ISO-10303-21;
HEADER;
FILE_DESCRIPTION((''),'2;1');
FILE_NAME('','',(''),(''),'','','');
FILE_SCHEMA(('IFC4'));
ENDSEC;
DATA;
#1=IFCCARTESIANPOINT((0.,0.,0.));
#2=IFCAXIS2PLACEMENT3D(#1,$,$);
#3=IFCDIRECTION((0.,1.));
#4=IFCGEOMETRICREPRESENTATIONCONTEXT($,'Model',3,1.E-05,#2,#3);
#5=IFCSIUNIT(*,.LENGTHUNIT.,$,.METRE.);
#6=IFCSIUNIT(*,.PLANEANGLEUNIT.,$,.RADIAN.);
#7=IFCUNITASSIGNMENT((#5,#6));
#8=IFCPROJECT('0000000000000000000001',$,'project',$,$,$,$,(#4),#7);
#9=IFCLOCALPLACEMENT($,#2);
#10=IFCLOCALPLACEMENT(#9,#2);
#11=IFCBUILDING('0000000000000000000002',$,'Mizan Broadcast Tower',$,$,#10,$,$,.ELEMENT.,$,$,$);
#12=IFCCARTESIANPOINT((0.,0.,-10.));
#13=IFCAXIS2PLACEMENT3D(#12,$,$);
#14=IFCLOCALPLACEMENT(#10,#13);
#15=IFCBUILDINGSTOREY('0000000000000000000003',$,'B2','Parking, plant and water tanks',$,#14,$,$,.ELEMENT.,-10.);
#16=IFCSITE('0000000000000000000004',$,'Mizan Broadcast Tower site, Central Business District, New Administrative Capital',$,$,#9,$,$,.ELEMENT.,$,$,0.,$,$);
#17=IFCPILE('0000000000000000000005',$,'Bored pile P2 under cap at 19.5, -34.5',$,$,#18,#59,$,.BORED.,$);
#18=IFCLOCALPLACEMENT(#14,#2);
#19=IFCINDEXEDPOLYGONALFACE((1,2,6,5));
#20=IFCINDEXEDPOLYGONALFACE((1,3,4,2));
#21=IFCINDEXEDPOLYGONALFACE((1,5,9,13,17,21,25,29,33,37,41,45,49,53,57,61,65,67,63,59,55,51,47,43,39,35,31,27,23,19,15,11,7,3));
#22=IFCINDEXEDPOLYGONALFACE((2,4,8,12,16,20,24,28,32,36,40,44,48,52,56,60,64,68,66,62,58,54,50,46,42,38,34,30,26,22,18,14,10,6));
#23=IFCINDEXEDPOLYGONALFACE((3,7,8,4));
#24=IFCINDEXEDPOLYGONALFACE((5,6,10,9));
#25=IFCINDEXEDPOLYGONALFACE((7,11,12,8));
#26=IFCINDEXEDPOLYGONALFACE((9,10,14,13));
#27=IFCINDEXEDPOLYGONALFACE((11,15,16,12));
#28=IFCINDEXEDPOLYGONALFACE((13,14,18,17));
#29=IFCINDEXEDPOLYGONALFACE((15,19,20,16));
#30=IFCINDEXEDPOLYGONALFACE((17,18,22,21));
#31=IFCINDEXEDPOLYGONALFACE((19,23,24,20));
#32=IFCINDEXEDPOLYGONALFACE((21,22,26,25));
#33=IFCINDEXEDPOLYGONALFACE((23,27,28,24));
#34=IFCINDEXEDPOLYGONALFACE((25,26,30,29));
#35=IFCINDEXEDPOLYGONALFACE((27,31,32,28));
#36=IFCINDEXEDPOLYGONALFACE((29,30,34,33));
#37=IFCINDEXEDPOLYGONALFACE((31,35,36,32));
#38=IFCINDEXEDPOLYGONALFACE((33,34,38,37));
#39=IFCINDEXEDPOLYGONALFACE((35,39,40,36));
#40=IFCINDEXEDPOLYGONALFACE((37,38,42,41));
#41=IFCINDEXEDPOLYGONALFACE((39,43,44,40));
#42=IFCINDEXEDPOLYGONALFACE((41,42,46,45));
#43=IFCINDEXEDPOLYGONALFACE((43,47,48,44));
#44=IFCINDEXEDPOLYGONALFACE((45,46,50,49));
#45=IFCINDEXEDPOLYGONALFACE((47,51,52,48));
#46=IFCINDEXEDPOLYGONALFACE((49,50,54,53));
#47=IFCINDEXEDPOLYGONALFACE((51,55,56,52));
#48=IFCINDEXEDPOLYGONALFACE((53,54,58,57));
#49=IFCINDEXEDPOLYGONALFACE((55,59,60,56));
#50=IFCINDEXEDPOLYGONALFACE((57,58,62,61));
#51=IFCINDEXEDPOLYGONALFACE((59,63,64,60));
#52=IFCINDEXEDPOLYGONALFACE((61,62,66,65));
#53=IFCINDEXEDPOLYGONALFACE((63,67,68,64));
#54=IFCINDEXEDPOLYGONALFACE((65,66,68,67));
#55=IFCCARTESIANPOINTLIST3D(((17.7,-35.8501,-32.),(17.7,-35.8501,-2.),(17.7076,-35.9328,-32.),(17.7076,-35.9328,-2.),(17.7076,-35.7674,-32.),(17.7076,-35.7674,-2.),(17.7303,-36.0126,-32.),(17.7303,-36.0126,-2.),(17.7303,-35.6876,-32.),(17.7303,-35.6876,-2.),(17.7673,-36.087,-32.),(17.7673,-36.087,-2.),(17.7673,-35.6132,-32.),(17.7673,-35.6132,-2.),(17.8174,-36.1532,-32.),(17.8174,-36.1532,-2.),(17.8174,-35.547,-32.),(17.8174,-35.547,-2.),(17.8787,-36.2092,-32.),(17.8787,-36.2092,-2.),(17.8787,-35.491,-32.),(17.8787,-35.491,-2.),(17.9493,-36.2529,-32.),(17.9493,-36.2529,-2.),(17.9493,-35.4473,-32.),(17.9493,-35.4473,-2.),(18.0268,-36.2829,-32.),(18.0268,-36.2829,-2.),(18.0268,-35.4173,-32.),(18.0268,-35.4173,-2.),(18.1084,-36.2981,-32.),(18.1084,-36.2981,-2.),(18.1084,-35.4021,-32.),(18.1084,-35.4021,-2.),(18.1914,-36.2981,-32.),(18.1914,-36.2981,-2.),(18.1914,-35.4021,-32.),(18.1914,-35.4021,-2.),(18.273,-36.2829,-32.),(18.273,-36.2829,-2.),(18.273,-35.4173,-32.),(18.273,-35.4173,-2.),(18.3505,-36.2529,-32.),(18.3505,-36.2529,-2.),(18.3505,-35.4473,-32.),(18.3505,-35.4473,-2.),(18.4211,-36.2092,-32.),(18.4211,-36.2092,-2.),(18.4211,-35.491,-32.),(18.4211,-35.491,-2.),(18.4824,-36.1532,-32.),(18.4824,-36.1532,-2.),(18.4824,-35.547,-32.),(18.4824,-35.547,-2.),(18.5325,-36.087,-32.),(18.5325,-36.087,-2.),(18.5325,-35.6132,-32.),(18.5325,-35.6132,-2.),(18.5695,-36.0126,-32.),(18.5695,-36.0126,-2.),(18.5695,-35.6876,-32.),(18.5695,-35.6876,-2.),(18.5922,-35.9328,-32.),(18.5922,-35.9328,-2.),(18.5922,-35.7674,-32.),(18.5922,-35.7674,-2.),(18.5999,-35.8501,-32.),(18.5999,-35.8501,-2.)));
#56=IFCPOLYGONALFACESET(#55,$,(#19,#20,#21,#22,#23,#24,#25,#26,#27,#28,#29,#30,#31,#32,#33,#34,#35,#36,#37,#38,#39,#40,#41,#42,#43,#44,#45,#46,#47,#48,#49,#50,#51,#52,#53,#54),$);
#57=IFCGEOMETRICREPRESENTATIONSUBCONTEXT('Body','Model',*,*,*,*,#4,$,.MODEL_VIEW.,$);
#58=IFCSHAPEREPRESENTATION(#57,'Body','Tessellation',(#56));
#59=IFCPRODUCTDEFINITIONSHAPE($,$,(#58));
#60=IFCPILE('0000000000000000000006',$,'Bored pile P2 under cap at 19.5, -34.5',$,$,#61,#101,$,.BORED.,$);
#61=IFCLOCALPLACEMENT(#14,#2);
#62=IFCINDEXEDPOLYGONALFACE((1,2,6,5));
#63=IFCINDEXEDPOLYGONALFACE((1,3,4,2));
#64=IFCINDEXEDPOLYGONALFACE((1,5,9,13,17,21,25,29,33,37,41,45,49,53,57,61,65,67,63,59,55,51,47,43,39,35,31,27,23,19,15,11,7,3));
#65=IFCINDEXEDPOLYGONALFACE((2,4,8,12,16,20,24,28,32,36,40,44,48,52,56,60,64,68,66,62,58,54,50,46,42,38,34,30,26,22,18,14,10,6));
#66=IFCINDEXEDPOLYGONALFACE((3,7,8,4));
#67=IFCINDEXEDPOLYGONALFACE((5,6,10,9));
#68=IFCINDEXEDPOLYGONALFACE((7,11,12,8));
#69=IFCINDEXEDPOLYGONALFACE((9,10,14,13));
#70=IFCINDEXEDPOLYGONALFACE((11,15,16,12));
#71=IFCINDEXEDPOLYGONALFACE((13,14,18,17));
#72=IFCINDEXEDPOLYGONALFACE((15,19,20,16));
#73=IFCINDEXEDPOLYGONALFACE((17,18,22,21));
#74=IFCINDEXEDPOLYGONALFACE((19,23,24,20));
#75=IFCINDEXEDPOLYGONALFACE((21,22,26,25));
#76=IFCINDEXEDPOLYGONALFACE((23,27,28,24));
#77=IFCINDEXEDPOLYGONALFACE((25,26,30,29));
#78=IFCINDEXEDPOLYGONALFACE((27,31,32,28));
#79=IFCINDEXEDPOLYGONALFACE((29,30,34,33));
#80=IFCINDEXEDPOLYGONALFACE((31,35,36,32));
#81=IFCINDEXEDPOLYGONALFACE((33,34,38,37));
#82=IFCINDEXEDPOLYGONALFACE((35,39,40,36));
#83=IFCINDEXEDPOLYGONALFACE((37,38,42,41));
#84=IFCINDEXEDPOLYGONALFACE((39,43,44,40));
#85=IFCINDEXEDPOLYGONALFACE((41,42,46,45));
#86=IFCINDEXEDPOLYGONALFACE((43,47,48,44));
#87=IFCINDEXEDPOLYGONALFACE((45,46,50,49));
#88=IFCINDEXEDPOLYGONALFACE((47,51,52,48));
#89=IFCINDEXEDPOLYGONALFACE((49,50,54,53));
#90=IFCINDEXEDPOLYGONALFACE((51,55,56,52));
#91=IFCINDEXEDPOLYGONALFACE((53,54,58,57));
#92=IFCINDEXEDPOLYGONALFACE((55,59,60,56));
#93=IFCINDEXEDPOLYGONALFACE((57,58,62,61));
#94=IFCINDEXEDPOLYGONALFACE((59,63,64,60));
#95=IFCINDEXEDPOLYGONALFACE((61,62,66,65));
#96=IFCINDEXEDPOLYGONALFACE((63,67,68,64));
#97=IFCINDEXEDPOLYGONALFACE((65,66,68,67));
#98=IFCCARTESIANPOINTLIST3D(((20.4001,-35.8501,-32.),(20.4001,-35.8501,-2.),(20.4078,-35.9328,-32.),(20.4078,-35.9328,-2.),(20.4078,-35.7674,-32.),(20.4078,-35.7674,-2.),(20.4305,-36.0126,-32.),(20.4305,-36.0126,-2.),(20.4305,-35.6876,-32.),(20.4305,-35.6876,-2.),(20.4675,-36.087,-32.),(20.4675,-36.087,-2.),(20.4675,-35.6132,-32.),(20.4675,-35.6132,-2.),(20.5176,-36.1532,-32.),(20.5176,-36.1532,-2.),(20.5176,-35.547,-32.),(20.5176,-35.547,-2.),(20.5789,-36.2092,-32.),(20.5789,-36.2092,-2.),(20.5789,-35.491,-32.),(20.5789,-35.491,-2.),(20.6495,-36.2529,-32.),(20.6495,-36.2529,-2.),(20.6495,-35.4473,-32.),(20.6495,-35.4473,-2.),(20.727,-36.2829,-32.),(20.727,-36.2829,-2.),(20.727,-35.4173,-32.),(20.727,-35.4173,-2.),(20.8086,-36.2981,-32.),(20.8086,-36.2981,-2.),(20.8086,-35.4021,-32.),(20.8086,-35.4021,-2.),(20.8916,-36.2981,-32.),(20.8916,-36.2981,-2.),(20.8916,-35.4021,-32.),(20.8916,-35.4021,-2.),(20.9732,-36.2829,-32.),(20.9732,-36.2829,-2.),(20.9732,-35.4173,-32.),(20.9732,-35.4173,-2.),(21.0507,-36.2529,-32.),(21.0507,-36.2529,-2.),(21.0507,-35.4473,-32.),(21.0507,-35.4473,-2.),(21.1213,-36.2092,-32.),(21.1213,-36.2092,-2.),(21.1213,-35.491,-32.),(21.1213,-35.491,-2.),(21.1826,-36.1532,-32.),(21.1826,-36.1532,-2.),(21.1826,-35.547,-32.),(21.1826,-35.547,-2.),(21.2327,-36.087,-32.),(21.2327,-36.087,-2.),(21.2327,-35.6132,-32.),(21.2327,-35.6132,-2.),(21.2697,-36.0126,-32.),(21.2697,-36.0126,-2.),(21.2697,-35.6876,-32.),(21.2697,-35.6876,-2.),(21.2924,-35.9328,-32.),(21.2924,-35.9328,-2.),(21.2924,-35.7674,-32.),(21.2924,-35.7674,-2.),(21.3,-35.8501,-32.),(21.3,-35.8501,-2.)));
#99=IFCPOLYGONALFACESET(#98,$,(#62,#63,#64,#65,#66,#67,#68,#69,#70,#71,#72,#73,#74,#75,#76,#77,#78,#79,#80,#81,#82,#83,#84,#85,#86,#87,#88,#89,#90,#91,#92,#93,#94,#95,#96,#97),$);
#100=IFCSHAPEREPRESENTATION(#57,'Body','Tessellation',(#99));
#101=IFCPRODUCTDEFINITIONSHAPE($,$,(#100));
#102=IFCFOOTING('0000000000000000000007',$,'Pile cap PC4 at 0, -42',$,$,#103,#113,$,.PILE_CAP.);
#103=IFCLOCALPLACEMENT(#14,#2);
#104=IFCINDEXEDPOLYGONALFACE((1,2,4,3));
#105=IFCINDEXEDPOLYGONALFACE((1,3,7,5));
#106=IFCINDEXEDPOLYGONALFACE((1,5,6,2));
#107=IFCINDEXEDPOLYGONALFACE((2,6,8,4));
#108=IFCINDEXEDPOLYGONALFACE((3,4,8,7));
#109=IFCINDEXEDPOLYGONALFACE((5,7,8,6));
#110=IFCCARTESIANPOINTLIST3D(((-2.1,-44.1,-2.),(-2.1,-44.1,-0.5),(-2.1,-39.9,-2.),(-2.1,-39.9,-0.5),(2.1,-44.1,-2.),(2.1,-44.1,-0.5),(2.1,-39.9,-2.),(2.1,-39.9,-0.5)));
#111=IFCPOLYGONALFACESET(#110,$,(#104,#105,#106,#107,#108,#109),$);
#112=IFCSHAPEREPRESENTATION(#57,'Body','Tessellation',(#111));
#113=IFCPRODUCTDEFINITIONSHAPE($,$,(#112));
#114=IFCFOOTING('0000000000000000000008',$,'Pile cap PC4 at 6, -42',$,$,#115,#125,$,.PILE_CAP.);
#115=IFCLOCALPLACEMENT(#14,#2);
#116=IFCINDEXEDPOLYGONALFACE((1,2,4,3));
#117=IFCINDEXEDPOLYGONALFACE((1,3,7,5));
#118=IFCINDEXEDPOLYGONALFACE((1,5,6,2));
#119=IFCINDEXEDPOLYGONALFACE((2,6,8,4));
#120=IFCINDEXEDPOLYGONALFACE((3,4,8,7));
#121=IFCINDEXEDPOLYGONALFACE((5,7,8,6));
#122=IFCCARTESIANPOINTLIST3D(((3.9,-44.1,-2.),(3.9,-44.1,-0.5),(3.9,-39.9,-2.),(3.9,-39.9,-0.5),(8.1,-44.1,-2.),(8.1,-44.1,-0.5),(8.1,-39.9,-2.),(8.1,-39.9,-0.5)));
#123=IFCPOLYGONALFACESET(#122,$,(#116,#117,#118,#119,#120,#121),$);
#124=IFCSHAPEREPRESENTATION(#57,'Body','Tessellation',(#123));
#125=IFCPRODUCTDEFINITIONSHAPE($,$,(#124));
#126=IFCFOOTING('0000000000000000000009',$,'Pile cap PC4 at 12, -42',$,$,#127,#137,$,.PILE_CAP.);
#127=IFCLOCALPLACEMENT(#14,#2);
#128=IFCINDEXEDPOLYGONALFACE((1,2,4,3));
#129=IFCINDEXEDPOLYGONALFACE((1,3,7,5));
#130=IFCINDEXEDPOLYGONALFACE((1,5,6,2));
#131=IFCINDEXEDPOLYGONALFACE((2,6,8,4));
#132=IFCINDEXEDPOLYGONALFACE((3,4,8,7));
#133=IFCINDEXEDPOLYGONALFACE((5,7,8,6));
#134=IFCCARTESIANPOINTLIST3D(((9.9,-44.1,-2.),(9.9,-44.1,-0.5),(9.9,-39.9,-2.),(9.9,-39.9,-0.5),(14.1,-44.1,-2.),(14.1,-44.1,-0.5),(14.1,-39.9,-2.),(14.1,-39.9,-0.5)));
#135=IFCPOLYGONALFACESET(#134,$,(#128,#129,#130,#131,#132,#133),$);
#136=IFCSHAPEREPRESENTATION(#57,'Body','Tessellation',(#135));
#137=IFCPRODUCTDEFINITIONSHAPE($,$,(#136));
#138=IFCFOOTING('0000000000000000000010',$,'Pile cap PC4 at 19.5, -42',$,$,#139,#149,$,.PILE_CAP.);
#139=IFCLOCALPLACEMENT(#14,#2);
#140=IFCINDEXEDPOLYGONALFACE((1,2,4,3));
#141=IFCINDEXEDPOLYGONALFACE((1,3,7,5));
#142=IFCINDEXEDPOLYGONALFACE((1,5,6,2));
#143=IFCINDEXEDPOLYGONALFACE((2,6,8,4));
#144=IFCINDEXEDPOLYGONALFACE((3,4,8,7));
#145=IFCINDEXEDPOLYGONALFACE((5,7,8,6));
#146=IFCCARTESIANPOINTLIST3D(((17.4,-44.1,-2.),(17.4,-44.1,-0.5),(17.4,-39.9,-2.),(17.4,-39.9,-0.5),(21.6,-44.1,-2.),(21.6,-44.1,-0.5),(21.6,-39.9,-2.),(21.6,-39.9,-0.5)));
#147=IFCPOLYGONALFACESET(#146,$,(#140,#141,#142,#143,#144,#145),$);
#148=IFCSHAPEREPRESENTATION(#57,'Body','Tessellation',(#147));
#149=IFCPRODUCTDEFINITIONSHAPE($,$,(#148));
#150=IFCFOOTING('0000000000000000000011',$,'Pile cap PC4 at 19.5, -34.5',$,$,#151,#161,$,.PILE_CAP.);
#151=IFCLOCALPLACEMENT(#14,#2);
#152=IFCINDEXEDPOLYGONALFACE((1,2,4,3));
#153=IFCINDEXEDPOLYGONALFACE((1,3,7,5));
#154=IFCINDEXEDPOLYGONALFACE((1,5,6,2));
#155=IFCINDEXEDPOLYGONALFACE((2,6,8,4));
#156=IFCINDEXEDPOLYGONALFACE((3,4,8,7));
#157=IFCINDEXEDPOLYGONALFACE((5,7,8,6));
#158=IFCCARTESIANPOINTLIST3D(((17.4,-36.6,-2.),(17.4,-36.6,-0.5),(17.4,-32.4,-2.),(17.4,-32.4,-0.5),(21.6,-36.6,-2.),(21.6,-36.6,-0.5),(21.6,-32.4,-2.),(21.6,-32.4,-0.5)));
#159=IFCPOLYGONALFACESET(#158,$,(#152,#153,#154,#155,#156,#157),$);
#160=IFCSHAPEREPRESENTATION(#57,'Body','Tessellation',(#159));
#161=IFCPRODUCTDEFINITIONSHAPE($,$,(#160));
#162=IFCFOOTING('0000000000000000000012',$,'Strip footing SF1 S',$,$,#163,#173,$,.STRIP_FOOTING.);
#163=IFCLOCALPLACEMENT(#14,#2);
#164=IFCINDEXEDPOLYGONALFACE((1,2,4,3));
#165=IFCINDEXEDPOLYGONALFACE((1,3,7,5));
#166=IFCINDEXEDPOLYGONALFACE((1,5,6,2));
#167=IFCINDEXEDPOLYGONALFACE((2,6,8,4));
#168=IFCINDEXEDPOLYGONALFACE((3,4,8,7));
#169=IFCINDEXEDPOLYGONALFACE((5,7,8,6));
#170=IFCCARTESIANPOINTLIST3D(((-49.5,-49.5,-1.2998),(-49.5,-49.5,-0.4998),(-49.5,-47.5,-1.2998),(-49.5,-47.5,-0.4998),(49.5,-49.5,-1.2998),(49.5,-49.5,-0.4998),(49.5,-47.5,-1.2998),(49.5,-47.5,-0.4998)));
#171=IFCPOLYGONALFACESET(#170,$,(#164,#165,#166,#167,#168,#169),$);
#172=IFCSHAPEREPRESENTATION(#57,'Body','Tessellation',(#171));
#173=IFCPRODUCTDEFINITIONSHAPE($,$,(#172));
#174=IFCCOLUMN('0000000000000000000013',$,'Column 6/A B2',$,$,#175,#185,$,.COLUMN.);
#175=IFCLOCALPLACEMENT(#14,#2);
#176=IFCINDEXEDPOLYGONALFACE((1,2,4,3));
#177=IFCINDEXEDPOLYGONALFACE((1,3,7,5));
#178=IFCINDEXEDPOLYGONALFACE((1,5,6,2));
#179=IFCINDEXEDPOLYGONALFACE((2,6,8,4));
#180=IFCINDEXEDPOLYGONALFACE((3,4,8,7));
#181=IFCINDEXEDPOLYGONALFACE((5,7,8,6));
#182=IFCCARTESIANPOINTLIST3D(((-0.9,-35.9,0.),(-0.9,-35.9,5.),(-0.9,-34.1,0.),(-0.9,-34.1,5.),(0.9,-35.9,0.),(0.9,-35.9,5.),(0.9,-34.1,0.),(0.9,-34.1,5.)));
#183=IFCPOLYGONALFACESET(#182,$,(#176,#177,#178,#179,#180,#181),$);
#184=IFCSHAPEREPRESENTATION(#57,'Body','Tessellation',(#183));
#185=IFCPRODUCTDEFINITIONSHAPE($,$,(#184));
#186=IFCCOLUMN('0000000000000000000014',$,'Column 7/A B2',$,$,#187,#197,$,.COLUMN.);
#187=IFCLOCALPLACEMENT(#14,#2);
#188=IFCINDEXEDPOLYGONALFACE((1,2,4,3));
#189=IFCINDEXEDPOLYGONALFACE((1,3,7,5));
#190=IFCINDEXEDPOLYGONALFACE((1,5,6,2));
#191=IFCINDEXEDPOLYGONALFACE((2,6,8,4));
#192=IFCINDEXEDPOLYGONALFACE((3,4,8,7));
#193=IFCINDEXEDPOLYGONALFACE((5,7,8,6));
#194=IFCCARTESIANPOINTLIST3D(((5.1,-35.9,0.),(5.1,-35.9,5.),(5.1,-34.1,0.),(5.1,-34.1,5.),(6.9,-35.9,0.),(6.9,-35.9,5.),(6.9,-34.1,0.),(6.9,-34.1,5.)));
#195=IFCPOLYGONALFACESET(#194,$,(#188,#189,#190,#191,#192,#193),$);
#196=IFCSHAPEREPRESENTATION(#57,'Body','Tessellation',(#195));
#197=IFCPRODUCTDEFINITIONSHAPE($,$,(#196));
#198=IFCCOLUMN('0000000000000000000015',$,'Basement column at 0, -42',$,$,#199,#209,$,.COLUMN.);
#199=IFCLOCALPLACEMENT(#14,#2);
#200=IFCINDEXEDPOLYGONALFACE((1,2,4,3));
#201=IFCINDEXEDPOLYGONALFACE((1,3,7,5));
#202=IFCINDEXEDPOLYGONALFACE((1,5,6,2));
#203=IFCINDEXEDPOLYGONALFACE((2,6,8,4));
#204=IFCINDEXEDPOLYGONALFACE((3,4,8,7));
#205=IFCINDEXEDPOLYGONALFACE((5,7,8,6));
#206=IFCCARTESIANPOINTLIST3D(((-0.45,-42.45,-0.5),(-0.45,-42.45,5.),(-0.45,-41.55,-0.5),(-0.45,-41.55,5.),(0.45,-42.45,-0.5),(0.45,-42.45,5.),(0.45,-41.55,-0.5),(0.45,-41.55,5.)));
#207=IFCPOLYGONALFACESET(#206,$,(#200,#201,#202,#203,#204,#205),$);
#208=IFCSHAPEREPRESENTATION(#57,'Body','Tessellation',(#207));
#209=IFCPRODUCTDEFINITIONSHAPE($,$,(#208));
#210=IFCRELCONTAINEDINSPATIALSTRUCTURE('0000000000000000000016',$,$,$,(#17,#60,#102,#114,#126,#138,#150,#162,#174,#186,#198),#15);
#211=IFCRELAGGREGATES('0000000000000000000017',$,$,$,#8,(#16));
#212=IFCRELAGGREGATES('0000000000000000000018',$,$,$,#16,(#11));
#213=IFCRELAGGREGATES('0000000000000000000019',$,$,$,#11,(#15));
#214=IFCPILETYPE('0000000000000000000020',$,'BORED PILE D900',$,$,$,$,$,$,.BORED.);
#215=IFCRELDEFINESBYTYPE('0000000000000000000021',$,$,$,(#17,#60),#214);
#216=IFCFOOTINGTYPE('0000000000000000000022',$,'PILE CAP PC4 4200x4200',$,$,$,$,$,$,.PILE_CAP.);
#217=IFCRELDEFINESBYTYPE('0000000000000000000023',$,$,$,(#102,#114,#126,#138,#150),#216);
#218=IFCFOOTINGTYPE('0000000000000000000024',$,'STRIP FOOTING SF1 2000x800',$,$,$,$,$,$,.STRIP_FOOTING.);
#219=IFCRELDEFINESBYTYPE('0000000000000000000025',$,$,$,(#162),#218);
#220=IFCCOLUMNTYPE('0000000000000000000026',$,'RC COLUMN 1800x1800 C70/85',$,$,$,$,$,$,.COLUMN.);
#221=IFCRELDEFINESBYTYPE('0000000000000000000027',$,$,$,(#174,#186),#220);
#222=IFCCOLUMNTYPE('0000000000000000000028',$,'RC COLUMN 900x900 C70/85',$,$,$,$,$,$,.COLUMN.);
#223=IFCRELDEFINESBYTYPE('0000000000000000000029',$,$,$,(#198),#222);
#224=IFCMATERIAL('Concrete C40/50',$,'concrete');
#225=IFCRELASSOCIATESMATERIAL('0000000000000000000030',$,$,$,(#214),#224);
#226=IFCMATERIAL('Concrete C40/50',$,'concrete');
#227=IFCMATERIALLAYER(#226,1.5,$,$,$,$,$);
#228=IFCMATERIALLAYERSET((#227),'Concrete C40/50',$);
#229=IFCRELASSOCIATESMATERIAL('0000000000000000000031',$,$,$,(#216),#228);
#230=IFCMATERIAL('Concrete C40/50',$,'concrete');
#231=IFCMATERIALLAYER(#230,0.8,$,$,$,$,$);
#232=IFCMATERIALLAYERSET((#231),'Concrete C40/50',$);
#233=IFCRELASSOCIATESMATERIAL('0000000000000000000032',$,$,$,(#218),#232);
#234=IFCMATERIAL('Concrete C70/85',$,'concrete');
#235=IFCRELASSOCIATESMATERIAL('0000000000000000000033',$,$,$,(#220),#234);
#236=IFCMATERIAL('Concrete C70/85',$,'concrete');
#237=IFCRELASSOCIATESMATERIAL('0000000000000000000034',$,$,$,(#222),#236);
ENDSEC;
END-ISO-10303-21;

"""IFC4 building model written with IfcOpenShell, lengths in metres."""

from ifc_helpers import new_model, si_unit, direction, frame, origin, origin_2d, place, context, subcontext, project, spatial, rectangle, circle, extrude, material, layer, layer_set, material_profile, profile_set, type_object, element, save


model = new_model("IFC4")

# Units and contexts
model_context = context("Model", 3, precision=1e-05, world=origin(), true_north=direction((0.0, 1.0)))
body_context = subcontext(model_context, "Body", "Model", "MODEL_VIEW")
ifc_project = project(units=[si_unit("LENGTHUNIT", "METRE"), si_unit("PLANEANGLEUNIT", "RADIAN")], contexts=[model_context])

# Site, building, storey
site_placement = place(None, origin())
site = spatial("IfcSite", under=ifc_project, at=site_placement, Name="Mizan Broadcast Tower site, Central Business District, New Administrative Capital", CompositionType="ELEMENT", RefElevation=0.0)
building_placement = place(site_placement, origin())
building = spatial("IfcBuilding", under=site, at=building_placement, Name="Mizan Broadcast Tower", CompositionType="ELEMENT")
storey_placement = place(building_placement, frame((0.0, 0.0, -10.0)))
storey = spatial("IfcBuildingStorey", under=building, at=storey_placement, Name="B2", Description="Parking, plant and water tanks", CompositionType="ELEMENT", Elevation=-10.0)

# Piles
ifc_material_1 = material(Name="Concrete C40/50", Category="concrete")
ifc_material_profile_1 = material_profile(ifc_material_1, circle(Radius=0.45, at=origin_2d()), Name="D900")
ifc_profile_set_1 = profile_set([ifc_material_profile_1], Name="Concrete C40/50")
pile_type_1 = type_object("IfcPileType", Name="BORED PILE D900", PredefinedType="BORED", material=ifc_profile_set_1)
for number, where, z_axis, x_axis, name in (
    (1, (18.1499, -35.8501, -2.0), (0.0, 0.0, -1.0), (1.0, 0.0, 0.0), "Bored pile P2 under cap at 19.5, -34.5"),
    (2, (20.8501, -35.8501, -2.0), (0.0, 0.0, -1.0), (1.0, 0.0, 0.0), "Bored pile P2 under cap at 19.5, -34.5"),
):
    element("IfcPile", number, at=place(storey_placement, frame(where, z_axis=z_axis, x_axis=x_axis)), inside=storey, type_object=pile_type_1, Name=name, PredefinedType="BORED", context=body_context, shape_type="SweptSolid", body=[
        extrude(circle(Radius=0.45, at=origin_2d()), origin(), (0.0, 0.0, 1.0), 30.0),
    ])

# Footings
ifc_material_2 = material(Name="Concrete C40/50", Category="concrete")
ifc_layer_1 = layer(ifc_material_2, 1.5)
ifc_layer_set_1 = layer_set([ifc_layer_1], Name="Concrete C40/50")
footing_type_1 = type_object("IfcFootingType", Name="PILE CAP PC4 4200x4200", PredefinedType="PILE_CAP", material=ifc_layer_set_1)
for number, where, z_axis, x_axis, name in (
    (3, (0.0, -42.0, -2.0), (0.0, 0.0, 1.0), (1.0, 0.0, 0.0), "Pile cap PC4 at 0, -42"),
    (4, (6.0, -42.0, -2.0), (0.0, 0.0, 1.0), (1.0, 0.0, 0.0), "Pile cap PC4 at 6, -42"),
    (5, (12.0, -42.0, -2.0), (0.0, 0.0, 1.0), (1.0, 0.0, 0.0), "Pile cap PC4 at 12, -42"),
    (6, (19.5, -42.0, -2.0), (0.0, 0.0, 1.0), (1.0, 0.0, 0.0), "Pile cap PC4 at 19.5, -42"),
    (7, (19.5, -34.5, -2.0), (0.0, 0.0, 1.0), (1.0, 0.0, 0.0), "Pile cap PC4 at 19.5, -34.5"),
):
    element("IfcFooting", number, at=place(storey_placement, frame(where, z_axis=z_axis, x_axis=x_axis)), inside=storey, type_object=footing_type_1, Name=name, PredefinedType="PILE_CAP", context=body_context, shape_type="SweptSolid", body=[
        extrude(rectangle(XDim=4.2, YDim=4.2, at=origin_2d()), origin(), (0.0, 0.0, 1.0), 1.5),
    ])
ifc_material_3 = material(Name="Concrete C40/50", Category="concrete")
ifc_layer_2 = layer(ifc_material_3, 0.8)
ifc_layer_set_2 = layer_set([ifc_layer_2], Name="Concrete C40/50")
footing_type_2 = type_object("IfcFootingType", Name="STRIP FOOTING SF1 2000x800", PredefinedType="STRIP_FOOTING", material=ifc_layer_set_2)
footing_placement = place(storey_placement, frame((0.0, -48.5, -1.2998), z_axis=(0.0, 0.0, 1.0), x_axis=(1.0, 0.0, 0.0)))
element("IfcFooting", 8, at=footing_placement, inside=storey, type_object=footing_type_2, Name="Strip footing SF1 S", PredefinedType="STRIP_FOOTING", context=body_context, shape_type="SweptSolid", body=[
    extrude(rectangle(XDim=99.0, YDim=2.0, at=origin_2d()), origin(), (0.0, 0.0, 1.0), 0.8),
])

# Columns
ifc_material_4 = material(Name="Concrete C70/85", Category="concrete")
ifc_material_profile_2 = material_profile(ifc_material_4, rectangle(XDim=1.8, YDim=1.8, at=origin_2d()), Name="RC 1800x1800")
ifc_profile_set_2 = profile_set([ifc_material_profile_2], Name="Concrete C70/85")
column_type_1 = type_object("IfcColumnType", Name="RC COLUMN 1800x1800 C70/85", PredefinedType="COLUMN", material=ifc_profile_set_2)
for number, where, z_axis, x_axis, name in (
    (9, (0.0, -35.0, 0.0), (0.0, 0.0, 1.0), (1.0, 0.0, 0.0), "Column 6/A B2"),
    (10, (6.0, -35.0, 0.0), (0.0, 0.0, 1.0), (1.0, 0.0, 0.0), "Column 7/A B2"),
):
    element("IfcColumn", number, at=place(storey_placement, frame(where, z_axis=z_axis, x_axis=x_axis)), inside=storey, type_object=column_type_1, Name=name, PredefinedType="COLUMN", context=body_context, shape_type="SweptSolid", body=[
        extrude(rectangle(XDim=1.8, YDim=1.8, at=origin_2d()), origin(), (0.0, 0.0, 1.0), 5.0),
    ])
ifc_material_5 = material(Name="Concrete C70/85", Category="concrete")
ifc_material_profile_3 = material_profile(ifc_material_5, rectangle(XDim=0.8999, YDim=0.8999, at=origin_2d()), Name="RC 900x900")
ifc_profile_set_3 = profile_set([ifc_material_profile_3], Name="Concrete C70/85")
column_type_2 = type_object("IfcColumnType", Name="RC COLUMN 900x900 C70/85", PredefinedType="COLUMN", material=ifc_profile_set_3)
for number, where, z_axis, x_axis, name in (
    (11, (0.0, -42.0, -0.5), (0.0, 0.0, 1.0), (1.0, 0.0, 0.0), "Basement column at 0, -42"),
):
    element("IfcColumn", number, at=place(storey_placement, frame(where, z_axis=z_axis, x_axis=x_axis)), inside=storey, type_object=column_type_2, Name=name, PredefinedType="COLUMN", context=body_context, shape_type="SweptSolid", body=[
        extrude(rectangle(XDim=0.8999, YDim=0.8999, at=origin_2d()), origin(), (0.0, 0.0, 1.0), 5.5),
    ])

save(model, "model.ifc")
